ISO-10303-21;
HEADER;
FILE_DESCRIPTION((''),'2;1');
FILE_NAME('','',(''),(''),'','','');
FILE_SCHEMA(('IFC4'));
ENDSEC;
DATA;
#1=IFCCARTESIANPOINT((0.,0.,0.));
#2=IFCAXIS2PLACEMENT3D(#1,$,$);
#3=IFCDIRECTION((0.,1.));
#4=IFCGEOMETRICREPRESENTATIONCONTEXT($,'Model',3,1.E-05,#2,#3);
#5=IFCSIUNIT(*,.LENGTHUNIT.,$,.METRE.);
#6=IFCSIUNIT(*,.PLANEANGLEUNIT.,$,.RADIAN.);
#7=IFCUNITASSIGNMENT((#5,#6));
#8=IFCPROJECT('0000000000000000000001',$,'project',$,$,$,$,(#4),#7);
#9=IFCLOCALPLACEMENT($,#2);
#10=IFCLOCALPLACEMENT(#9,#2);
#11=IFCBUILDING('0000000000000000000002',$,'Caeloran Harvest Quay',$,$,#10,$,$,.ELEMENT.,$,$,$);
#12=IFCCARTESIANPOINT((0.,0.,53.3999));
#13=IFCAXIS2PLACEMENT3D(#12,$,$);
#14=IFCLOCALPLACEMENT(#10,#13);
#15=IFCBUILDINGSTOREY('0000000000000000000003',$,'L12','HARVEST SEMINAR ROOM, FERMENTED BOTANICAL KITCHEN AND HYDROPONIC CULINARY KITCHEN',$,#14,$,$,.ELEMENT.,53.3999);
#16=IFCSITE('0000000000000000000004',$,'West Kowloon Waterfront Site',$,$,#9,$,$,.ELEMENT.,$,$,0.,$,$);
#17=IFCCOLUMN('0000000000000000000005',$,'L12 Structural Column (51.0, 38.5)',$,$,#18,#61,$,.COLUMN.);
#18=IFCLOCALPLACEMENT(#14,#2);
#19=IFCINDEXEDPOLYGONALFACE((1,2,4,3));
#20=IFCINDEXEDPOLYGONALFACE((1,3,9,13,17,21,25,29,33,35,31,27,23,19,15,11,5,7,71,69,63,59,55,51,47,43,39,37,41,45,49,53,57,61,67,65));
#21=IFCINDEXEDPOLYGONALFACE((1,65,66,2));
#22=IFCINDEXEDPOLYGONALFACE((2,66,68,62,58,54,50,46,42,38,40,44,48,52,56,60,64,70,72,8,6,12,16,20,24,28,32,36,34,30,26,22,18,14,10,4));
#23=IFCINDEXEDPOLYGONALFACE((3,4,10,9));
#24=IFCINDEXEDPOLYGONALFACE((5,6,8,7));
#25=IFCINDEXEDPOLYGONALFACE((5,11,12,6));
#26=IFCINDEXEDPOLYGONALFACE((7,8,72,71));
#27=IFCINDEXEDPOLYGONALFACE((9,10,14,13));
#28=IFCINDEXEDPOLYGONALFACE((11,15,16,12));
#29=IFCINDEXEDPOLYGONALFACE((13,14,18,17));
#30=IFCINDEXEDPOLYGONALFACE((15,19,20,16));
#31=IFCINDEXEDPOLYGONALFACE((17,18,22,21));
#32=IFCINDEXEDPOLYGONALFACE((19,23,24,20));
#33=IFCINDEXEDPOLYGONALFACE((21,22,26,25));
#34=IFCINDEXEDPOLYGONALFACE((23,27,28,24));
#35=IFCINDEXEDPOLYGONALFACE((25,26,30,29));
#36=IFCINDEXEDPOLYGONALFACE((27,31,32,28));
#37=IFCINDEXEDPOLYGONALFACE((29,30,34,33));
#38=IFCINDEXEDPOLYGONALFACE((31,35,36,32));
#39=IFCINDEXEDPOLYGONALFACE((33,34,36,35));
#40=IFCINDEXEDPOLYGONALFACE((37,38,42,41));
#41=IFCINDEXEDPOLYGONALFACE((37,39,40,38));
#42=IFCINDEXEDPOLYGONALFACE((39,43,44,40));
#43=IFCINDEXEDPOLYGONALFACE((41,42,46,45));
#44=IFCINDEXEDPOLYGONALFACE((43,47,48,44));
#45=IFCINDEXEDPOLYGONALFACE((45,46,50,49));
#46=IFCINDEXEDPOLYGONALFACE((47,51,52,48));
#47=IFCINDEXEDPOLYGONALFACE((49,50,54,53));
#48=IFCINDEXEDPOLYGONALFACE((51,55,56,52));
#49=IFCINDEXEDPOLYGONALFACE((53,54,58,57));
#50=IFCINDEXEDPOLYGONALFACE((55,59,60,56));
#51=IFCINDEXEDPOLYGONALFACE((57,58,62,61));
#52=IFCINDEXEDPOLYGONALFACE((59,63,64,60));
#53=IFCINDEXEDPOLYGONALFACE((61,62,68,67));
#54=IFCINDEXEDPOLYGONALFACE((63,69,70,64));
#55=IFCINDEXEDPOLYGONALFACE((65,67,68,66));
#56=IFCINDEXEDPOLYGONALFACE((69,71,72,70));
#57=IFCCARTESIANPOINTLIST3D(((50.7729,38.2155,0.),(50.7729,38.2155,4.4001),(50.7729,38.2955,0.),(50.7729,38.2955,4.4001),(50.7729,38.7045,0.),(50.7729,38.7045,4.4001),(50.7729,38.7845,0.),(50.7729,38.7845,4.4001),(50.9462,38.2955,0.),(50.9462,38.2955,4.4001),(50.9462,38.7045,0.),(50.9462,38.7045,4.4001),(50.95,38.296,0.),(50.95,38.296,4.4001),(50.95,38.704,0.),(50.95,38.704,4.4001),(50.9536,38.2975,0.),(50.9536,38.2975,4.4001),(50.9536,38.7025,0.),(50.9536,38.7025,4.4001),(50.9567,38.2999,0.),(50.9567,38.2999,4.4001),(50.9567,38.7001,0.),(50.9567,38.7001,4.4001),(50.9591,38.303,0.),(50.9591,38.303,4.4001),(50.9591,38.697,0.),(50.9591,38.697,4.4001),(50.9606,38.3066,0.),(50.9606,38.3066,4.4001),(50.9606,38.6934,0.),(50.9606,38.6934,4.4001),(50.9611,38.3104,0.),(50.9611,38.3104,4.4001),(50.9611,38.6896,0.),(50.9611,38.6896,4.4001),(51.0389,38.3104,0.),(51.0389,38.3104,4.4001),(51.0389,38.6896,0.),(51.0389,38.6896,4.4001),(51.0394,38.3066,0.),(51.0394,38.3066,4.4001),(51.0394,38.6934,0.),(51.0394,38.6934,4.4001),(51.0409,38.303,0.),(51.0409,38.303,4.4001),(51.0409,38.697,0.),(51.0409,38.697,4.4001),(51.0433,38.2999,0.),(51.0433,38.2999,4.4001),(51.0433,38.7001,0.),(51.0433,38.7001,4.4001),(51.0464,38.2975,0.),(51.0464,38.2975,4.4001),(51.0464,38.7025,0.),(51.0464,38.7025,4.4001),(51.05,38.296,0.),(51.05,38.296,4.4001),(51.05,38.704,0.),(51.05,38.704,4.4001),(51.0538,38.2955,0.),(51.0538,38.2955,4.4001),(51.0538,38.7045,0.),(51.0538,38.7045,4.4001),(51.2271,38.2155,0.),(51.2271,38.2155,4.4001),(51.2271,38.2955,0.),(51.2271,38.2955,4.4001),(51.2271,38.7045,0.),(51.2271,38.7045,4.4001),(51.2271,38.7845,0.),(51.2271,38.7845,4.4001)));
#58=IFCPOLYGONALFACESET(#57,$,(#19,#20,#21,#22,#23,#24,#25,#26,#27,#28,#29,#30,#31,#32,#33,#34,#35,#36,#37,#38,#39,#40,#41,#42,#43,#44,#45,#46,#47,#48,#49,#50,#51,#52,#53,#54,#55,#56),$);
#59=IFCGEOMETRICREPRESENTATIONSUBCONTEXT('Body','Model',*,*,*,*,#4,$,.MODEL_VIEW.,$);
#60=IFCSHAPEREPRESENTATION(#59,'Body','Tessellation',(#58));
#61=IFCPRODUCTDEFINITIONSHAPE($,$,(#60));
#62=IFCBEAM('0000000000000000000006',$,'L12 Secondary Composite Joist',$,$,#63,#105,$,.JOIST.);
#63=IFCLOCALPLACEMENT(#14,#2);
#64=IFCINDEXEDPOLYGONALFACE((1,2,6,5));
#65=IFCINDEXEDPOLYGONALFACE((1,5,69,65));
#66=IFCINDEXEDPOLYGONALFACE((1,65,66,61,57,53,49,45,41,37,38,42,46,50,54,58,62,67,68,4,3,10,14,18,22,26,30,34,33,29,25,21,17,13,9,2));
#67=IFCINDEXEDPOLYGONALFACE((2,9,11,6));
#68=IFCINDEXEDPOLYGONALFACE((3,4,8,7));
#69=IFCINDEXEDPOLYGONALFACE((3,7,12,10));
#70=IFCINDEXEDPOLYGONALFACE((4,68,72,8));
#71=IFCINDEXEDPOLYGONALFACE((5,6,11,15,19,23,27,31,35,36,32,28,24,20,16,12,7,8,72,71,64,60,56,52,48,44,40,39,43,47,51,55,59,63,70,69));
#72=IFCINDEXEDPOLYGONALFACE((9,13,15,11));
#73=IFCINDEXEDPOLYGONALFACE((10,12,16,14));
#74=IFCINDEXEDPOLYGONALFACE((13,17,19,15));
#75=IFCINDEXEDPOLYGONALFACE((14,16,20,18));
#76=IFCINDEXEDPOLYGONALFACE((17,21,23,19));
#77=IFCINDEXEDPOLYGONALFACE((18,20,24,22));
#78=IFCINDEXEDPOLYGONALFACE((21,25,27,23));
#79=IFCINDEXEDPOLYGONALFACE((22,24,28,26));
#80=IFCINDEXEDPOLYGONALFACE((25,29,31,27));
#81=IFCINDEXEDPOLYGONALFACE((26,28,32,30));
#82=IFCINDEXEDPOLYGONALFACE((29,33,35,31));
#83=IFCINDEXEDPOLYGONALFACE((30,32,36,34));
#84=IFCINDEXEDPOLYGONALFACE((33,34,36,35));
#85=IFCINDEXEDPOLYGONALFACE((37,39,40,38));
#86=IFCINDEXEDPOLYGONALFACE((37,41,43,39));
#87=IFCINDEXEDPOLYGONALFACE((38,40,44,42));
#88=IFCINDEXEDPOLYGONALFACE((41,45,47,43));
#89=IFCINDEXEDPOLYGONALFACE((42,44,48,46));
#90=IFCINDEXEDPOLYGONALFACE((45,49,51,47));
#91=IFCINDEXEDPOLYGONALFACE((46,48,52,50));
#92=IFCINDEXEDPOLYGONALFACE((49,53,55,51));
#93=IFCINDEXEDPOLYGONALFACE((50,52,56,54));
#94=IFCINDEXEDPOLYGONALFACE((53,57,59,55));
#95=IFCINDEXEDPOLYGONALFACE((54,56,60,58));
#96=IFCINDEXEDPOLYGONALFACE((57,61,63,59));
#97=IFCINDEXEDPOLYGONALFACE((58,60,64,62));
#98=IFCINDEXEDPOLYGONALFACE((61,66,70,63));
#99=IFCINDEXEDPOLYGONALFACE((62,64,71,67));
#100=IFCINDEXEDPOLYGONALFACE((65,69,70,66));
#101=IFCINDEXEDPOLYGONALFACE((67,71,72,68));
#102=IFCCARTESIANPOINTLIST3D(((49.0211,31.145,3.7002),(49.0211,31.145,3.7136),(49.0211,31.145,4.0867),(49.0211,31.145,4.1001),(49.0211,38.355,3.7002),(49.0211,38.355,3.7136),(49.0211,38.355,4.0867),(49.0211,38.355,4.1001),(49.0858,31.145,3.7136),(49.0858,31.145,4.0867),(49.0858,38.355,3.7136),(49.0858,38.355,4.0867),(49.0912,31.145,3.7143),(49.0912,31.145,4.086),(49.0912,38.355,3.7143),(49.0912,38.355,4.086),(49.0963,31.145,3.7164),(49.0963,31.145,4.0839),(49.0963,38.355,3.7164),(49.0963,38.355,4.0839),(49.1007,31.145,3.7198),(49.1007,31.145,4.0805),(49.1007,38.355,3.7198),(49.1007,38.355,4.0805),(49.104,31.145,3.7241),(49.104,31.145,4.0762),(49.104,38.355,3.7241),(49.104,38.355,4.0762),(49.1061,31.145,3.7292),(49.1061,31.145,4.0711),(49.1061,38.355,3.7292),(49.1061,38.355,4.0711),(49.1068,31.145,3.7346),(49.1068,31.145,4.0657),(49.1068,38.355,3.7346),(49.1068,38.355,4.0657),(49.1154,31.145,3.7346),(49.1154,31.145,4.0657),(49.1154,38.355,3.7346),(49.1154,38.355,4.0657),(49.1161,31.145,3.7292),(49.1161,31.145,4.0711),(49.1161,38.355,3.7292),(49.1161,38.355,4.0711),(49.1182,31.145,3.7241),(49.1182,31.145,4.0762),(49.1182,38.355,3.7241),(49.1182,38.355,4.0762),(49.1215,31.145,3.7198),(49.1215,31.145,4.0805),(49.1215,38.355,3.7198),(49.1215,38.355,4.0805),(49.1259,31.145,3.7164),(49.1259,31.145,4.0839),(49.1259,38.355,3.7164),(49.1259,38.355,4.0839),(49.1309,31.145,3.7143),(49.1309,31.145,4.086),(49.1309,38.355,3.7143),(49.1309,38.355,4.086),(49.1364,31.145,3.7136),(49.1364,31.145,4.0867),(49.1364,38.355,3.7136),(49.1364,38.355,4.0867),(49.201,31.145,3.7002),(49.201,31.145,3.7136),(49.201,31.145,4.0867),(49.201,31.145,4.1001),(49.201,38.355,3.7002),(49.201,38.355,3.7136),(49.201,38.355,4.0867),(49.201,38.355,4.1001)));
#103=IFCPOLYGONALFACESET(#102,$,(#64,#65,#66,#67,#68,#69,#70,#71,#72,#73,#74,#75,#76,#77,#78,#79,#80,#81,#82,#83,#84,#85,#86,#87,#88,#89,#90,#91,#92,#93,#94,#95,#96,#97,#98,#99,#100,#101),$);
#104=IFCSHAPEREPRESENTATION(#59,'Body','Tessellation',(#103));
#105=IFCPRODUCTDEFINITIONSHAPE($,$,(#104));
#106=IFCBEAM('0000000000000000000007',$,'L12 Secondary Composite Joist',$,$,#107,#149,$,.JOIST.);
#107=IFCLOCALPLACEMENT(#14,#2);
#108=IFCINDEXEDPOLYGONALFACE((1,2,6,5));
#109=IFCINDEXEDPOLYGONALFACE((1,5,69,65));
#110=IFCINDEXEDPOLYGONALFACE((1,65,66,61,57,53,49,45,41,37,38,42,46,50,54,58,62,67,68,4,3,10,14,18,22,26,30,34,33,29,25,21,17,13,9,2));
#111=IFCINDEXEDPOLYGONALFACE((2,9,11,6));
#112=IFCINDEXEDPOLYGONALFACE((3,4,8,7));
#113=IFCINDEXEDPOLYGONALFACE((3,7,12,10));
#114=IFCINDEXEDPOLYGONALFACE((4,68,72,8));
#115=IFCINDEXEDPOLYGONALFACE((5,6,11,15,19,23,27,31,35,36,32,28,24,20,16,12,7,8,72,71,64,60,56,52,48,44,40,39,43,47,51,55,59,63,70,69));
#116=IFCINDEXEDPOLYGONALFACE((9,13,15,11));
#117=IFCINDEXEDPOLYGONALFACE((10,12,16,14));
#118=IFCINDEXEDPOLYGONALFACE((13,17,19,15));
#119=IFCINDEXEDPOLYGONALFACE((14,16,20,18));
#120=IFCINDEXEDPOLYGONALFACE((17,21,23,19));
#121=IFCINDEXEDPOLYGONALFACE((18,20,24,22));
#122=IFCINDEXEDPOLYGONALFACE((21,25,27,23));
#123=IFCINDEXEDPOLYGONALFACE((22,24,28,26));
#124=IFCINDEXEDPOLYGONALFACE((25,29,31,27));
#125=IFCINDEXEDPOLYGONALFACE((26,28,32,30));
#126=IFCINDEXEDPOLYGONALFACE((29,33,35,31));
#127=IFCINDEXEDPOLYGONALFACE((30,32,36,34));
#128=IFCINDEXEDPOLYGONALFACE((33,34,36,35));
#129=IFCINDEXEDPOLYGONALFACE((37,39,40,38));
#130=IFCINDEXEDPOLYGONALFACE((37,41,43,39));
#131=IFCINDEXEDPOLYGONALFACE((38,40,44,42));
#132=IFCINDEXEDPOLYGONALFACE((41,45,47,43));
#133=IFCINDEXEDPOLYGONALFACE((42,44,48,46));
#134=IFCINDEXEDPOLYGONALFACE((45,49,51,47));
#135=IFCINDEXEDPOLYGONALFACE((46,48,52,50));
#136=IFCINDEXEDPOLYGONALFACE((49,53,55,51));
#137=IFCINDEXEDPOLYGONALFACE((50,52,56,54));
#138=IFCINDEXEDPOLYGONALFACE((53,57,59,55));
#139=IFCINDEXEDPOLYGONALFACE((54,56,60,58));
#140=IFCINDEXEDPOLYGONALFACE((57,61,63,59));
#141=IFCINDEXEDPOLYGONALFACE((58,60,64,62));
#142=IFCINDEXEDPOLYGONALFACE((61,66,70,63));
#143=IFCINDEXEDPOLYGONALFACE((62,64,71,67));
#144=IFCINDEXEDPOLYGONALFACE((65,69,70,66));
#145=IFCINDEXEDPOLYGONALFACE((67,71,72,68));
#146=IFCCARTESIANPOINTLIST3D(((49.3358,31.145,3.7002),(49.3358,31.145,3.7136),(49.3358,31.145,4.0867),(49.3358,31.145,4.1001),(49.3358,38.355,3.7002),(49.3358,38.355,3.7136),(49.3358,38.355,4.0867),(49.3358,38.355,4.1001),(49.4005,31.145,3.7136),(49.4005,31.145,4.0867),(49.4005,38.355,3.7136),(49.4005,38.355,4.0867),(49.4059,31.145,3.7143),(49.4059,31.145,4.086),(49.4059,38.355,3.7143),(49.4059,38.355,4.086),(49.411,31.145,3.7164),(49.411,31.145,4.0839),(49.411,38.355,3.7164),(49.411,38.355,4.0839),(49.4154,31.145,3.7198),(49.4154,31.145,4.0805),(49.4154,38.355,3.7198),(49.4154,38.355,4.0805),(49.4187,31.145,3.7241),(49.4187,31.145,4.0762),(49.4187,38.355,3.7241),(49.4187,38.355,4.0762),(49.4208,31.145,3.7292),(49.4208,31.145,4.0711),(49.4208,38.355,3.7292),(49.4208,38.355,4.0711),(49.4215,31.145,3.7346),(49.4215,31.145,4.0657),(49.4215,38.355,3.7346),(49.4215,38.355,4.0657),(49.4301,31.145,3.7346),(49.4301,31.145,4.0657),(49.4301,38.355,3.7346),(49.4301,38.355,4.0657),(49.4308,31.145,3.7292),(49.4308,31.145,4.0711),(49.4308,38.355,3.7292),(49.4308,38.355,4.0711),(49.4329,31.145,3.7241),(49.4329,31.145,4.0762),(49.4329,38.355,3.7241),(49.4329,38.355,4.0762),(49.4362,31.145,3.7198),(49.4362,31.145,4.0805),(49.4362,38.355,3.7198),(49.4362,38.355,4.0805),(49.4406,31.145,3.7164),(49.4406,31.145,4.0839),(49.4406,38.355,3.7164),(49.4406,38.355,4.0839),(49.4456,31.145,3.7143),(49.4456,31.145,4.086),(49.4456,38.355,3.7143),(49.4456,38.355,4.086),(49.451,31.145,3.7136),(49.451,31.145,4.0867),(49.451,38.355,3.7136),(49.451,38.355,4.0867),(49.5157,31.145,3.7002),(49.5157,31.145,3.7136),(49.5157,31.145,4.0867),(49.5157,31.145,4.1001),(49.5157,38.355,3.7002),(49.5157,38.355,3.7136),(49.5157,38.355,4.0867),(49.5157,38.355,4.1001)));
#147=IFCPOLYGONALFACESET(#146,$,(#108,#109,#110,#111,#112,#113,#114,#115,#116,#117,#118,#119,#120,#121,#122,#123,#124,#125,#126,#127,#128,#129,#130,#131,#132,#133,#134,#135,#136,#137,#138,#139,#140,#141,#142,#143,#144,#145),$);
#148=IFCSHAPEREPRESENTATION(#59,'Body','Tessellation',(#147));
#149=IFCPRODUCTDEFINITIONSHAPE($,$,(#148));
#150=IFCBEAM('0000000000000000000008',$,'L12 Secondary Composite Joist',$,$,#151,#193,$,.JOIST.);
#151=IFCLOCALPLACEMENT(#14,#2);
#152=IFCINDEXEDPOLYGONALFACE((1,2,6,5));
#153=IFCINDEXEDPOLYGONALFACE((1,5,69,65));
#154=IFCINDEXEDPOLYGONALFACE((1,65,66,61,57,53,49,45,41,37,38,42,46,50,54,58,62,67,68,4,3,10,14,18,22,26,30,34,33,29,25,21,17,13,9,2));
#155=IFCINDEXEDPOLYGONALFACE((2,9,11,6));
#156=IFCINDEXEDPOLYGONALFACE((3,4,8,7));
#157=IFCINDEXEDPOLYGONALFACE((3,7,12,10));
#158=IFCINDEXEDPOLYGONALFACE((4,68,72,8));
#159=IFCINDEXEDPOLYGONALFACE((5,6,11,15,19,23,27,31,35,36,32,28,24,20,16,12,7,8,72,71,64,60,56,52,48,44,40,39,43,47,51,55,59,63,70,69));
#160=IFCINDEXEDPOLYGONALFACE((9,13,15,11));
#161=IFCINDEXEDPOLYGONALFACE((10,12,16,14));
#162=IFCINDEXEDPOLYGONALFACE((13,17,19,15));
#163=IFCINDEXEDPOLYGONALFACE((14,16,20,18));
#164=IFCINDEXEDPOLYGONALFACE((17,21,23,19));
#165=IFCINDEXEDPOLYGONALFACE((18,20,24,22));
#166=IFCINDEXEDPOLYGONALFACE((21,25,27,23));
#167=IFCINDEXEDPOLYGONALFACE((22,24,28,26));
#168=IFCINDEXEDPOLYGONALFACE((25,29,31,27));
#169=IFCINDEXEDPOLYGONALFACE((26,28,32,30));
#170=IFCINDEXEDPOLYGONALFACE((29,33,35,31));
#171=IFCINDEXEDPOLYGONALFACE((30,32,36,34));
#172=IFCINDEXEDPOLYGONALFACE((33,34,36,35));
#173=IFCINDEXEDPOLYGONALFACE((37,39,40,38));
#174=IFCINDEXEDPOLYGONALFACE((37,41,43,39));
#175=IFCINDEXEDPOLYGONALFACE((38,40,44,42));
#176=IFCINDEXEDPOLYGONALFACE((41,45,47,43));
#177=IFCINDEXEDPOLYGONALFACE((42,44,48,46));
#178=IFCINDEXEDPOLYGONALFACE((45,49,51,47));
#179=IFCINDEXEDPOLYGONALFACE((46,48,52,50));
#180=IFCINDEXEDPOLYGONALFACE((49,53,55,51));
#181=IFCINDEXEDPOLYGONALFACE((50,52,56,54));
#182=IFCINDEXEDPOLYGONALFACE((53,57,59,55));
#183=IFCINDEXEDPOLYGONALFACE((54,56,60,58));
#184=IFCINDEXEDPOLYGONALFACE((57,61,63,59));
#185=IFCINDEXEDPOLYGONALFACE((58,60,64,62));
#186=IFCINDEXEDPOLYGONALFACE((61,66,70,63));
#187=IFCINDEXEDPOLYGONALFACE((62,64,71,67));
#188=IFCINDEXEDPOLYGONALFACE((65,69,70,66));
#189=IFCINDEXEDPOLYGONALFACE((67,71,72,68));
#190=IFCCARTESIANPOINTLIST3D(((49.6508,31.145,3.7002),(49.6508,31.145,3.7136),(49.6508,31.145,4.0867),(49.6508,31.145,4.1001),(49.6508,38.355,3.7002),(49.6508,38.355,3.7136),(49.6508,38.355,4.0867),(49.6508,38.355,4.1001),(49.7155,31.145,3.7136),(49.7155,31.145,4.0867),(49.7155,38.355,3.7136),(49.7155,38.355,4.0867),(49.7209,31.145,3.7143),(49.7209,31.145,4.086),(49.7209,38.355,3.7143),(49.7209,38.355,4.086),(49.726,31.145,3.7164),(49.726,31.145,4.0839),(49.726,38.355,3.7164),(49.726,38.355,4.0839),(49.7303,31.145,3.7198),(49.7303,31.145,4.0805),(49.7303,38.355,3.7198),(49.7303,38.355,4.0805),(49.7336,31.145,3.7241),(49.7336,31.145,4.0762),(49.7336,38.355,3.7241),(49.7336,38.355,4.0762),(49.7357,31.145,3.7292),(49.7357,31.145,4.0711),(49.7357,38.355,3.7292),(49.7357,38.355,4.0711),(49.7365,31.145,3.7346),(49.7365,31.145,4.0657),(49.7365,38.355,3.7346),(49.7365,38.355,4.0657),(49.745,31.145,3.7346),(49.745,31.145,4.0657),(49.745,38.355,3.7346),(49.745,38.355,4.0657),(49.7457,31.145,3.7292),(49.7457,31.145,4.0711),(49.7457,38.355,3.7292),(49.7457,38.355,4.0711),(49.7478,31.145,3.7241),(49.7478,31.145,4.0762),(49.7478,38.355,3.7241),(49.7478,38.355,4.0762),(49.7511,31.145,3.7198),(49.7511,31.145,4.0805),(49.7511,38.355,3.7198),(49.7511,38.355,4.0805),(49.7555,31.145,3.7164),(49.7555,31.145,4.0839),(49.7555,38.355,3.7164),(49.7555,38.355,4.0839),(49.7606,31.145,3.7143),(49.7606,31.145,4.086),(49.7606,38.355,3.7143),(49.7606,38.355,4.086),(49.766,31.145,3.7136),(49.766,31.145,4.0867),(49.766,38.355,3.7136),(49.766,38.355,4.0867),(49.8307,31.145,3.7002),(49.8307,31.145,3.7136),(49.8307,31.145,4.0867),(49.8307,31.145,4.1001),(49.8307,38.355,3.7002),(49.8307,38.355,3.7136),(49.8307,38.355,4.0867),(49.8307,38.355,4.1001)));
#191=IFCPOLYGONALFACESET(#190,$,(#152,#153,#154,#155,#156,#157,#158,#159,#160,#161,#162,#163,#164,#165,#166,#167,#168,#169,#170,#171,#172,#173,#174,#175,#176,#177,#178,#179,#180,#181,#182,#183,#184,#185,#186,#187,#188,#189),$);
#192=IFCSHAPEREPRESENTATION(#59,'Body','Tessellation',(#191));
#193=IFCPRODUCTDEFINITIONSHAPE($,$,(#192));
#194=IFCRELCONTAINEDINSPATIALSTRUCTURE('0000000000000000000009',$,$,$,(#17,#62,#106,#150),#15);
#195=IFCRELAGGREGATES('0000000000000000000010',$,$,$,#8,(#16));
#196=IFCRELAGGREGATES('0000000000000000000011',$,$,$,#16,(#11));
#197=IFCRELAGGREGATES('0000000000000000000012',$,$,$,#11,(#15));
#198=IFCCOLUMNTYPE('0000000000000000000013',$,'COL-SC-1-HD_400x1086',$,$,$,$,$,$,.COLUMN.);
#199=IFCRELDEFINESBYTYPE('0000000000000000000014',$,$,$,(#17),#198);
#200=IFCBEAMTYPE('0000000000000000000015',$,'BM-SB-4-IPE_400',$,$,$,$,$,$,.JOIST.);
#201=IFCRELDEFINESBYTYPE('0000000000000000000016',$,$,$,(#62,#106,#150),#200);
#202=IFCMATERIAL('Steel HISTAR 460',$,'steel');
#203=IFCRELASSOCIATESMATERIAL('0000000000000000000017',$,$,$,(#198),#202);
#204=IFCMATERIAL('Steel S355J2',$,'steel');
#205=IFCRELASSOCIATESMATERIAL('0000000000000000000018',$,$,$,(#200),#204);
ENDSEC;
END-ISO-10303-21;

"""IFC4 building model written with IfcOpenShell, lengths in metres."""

from ifc_helpers import new_model, si_unit, direction, frame, origin, origin_2d, place, context, subcontext, project, spatial, i_section, extrude, material, material_profile, profile_set, type_object, element, save


model = new_model("IFC4")

# Units and contexts
model_context = context("Model", 3, precision=1e-05, world=origin(), true_north=direction((0.0, 1.0)))
body_context = subcontext(model_context, "Body", "Model", "MODEL_VIEW")
ifc_project = project(units=[si_unit("LENGTHUNIT", "METRE"), si_unit("PLANEANGLEUNIT", "RADIAN")], contexts=[model_context])

# Site, building, storey
site_placement = place(None, origin())
site = spatial("IfcSite", under=ifc_project, at=site_placement, Name="West Kowloon Waterfront Site", CompositionType="ELEMENT", RefElevation=0.0)
building_placement = place(site_placement, origin())
building = spatial("IfcBuilding", under=site, at=building_placement, Name="Caeloran Harvest Quay", CompositionType="ELEMENT")
storey_placement = place(building_placement, frame((0.0, 0.0, 53.3999)))
storey = spatial("IfcBuildingStorey", under=building, at=storey_placement, Name="L12", Description="HARVEST SEMINAR ROOM, FERMENTED BOTANICAL KITCHEN AND HYDROPONIC CULINARY KITCHEN", CompositionType="ELEMENT", Elevation=53.3999)

# Column
ifc_material_1 = material(Name="Steel HISTAR 460", Category="steel")
ifc_material_profile_1 = material_profile(ifc_material_1, i_section(OverallWidth=0.4541, OverallDepth=0.5691, WebThickness=0.0779, FlangeThickness=0.0801, FilletRadius=0.0149, at=origin_2d()), Name="HD 400x1086")
ifc_profile_set_1 = profile_set([ifc_material_profile_1], Name="Steel HISTAR 460")
column_type = type_object("IfcColumnType", Name="COL-SC-1-HD_400x1086", PredefinedType="COLUMN", material=ifc_profile_set_1)
column_placement = place(storey_placement, frame((51.0, 38.5, 0.0), z_axis=(0.0, 0.0, 1.0), x_axis=(1.0, 0.0, 0.0)))
element("IfcColumn", 1, at=column_placement, inside=storey, type_object=column_type, Name="L12 Structural Column (51.0, 38.5)", PredefinedType="COLUMN", context=body_context, shape_type="SweptSolid", body=[
    extrude(i_section(OverallWidth=0.4541, OverallDepth=0.5691, WebThickness=0.0779, FlangeThickness=0.0801, FilletRadius=0.0149, at=origin_2d()), origin(), (0.0, 0.0, 1.0), 4.4001),
])

# Beams
ifc_material_2 = material(Name="Steel S355J2", Category="steel")
ifc_material_profile_2 = material_profile(ifc_material_2, i_section(OverallWidth=0.1799, OverallDepth=0.3999, WebThickness=0.0085, FlangeThickness=0.0134, FilletRadius=0.021, at=origin_2d()), Name="IPE 400")
ifc_profile_set_2 = profile_set([ifc_material_profile_2], Name="Steel S355J2")
beam_type_1 = type_object("IfcBeamType", Name="BM-SB-4-IPE_400", PredefinedType="JOIST", material=ifc_profile_set_2)
for number, where, z_axis, x_axis, name in (
    (2, (49.1111, 31.145, 3.9001), (0.0, 1.0, 0.0), (-1.0, 0.0, 0.0), "L12 Secondary Composite Joist"),
    (3, (49.4258, 31.145, 3.9001), (0.0, 1.0, 0.0), (-1.0, 0.0, 0.0), "L12 Secondary Composite Joist"),
    (4, (49.7407, 31.145, 3.9001), (0.0, 1.0, 0.0), (-1.0, 0.0, 0.0), "L12 Secondary Composite Joist"),
):
    element("IfcBeam", number, at=place(storey_placement, frame(where, z_axis=z_axis, x_axis=x_axis)), inside=storey, type_object=beam_type_1, Name=name, PredefinedType="JOIST", context=body_context, shape_type="SweptSolid", body=[
        extrude(i_section(OverallWidth=0.1799, OverallDepth=0.3999, WebThickness=0.0085, FlangeThickness=0.0134, FilletRadius=0.021, at=origin_2d()), origin(), (0.0, 0.0, 1.0), 7.21),
    ])

save(model, "model.ifc")
